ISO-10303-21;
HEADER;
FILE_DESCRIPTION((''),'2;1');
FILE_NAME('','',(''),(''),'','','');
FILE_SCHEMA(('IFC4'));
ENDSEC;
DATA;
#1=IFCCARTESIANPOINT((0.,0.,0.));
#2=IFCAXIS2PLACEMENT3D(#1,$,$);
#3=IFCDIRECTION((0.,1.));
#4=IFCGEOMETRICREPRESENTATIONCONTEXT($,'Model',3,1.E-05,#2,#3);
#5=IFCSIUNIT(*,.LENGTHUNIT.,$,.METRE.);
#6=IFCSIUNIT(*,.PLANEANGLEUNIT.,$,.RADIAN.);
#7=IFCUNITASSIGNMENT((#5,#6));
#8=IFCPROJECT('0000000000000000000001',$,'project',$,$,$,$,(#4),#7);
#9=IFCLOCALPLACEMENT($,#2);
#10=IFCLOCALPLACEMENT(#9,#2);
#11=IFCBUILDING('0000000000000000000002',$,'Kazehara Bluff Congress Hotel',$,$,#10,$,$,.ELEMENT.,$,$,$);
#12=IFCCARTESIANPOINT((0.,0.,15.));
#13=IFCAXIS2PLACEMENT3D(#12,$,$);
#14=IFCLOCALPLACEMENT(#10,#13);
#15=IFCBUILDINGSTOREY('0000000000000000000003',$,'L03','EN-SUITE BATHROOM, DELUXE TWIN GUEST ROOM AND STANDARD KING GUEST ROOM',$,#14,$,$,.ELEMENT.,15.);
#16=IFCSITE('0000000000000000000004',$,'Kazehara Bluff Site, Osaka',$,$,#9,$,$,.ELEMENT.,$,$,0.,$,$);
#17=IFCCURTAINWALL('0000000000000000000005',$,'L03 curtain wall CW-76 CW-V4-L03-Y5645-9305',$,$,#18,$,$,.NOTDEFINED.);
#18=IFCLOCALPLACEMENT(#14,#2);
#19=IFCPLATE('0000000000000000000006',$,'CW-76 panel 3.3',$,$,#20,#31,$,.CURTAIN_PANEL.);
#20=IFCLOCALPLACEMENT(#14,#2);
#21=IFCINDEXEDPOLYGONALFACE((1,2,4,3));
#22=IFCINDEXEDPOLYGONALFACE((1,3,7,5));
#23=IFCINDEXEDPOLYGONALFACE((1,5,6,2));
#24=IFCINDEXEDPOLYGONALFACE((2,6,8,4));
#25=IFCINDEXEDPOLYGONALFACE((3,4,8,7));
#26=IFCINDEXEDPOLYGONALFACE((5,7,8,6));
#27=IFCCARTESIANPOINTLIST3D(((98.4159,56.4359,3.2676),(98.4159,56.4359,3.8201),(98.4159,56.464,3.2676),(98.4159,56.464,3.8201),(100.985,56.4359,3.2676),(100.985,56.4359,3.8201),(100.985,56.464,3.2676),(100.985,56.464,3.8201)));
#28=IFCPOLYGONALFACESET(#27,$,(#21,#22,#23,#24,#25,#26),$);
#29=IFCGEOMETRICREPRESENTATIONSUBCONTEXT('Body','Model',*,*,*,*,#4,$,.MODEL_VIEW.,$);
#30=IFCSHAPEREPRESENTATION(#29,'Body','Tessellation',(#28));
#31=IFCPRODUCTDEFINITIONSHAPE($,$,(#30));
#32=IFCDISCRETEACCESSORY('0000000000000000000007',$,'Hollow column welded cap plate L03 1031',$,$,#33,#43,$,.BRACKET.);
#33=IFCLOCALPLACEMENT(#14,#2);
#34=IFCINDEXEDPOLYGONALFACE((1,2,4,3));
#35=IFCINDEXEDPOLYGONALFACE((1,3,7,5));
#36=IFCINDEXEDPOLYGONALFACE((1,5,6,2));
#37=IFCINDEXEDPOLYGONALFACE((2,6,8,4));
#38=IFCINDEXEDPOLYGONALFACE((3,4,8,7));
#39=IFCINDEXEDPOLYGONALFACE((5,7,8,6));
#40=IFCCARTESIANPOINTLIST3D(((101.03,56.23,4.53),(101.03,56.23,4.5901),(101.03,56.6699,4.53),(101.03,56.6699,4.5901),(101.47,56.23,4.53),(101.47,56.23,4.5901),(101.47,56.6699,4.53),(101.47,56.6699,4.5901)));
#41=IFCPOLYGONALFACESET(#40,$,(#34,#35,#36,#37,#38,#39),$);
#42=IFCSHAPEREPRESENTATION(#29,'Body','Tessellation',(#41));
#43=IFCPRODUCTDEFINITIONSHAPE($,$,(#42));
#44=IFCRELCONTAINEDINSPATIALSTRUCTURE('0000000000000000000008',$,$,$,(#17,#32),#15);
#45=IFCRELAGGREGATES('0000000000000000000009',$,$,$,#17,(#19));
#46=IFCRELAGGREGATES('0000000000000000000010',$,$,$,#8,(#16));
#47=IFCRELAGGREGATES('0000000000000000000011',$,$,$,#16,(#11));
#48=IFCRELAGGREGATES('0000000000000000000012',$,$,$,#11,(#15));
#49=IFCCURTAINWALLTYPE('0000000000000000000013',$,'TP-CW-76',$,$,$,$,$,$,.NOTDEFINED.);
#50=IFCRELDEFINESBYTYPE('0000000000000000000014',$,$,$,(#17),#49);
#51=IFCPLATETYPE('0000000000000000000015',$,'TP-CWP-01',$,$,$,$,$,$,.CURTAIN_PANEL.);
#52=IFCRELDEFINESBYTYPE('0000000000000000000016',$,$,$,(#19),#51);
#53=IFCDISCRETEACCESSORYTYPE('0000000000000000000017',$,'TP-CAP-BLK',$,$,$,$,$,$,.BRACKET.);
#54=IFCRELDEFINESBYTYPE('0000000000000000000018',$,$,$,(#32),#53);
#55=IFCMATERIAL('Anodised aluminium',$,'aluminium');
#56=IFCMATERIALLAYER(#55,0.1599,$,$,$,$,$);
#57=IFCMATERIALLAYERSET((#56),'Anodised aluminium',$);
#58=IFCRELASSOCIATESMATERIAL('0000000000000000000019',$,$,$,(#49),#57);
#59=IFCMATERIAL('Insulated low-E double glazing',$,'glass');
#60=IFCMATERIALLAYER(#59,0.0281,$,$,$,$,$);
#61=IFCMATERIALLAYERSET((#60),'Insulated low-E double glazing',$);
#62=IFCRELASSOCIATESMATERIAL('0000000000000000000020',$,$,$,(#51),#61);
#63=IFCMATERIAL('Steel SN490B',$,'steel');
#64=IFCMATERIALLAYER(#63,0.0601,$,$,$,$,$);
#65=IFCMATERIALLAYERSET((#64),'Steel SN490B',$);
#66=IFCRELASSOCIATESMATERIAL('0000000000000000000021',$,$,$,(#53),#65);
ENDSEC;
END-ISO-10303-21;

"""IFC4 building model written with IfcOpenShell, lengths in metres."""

from ifc_helpers import new_model, si_unit, direction, frame, origin, origin_2d, place, context, subcontext, project, spatial, rectangle, extrude, material, layer, layer_set, type_object, element, aggregate, save


model = new_model("IFC4")

# Units and contexts
model_context = context("Model", 3, precision=1e-05, world=origin(), true_north=direction((0.0, 1.0)))
body_context = subcontext(model_context, "Body", "Model", "MODEL_VIEW")
ifc_project = project(units=[si_unit("LENGTHUNIT", "METRE"), si_unit("PLANEANGLEUNIT", "RADIAN")], contexts=[model_context])

# Site, building, storey
site_placement = place(None, origin())
site = spatial("IfcSite", under=ifc_project, at=site_placement, Name="Kazehara Bluff Site, Osaka", CompositionType="ELEMENT", RefElevation=0.0)
building_placement = place(site_placement, origin())
building = spatial("IfcBuilding", under=site, at=building_placement, Name="Kazehara Bluff Congress Hotel", CompositionType="ELEMENT")
storey_placement = place(building_placement, frame((0.0, 0.0, 15.0)))
storey = spatial("IfcBuildingStorey", under=building, at=storey_placement, Name="L03", Description="EN-SUITE BATHROOM, DELUXE TWIN GUEST ROOM AND STANDARD KING GUEST ROOM", CompositionType="ELEMENT", Elevation=15.0)

# Curtain wall
ifc_material_1 = material(Name="Anodised aluminium", Category="aluminium")
ifc_layer_1 = layer(ifc_material_1, 0.1599)
ifc_layer_set_1 = layer_set([ifc_layer_1], Name="Anodised aluminium")
curtain_wall_type = type_object("IfcCurtainWallType", Name="TP-CW-76", PredefinedType="NOTDEFINED", material=ifc_layer_set_1)
curtain_wall_placement = place(storey_placement, origin())
curtain_wall = element("IfcCurtainWall", 1, at=curtain_wall_placement, inside=storey, type_object=curtain_wall_type, Name="L03 curtain wall CW-76 CW-V4-L03-Y5645-9305", PredefinedType="NOTDEFINED")

# Plate
ifc_material_2 = material(Name="Insulated low-E double glazing", Category="glass")
ifc_layer_2 = layer(ifc_material_2, 0.0281)
ifc_layer_set_2 = layer_set([ifc_layer_2], Name="Insulated low-E double glazing")
plate_type = type_object("IfcPlateType", Name="TP-CWP-01", PredefinedType="CURTAIN_PANEL", material=ifc_layer_set_2)
plate_1_placement = place(storey_placement, frame((99.7004, 56.45, 3.2676), z_axis=(0.0, 0.0, 1.0), x_axis=(1.0, 0.0, 0.0)))
plate_1 = element("IfcPlate", 2, at=plate_1_placement, type_object=plate_type, Name="CW-76 panel 3.3", PredefinedType="CURTAIN_PANEL", context=body_context, shape_type="SweptSolid", body=[
    extrude(rectangle(XDim=2.5691, YDim=0.0281, at=origin_2d()), origin(), (0.0, 0.0, 1.0), 0.5525),
])
aggregate(curtain_wall, [plate_1])

# Discrete accessory
ifc_material_3 = material(Name="Steel SN490B", Category="steel")
ifc_layer_3 = layer(ifc_material_3, 0.0601)
ifc_layer_set_3 = layer_set([ifc_layer_3], Name="Steel SN490B")
discrete_accessory_type = type_object("IfcDiscreteAccessoryType", Name="TP-CAP-BLK", PredefinedType="BRACKET", material=ifc_layer_set_3)
discrete_accessory_placement = place(storey_placement, frame((101.25, 56.45, 4.53), z_axis=(0.0, 0.0, 1.0), x_axis=(1.0, 0.0, 0.0)))
element("IfcDiscreteAccessory", 3, at=discrete_accessory_placement, inside=storey, type_object=discrete_accessory_type, Name="Hollow column welded cap plate L03 1031", PredefinedType="BRACKET", context=body_context, shape_type="SweptSolid", body=[
    extrude(rectangle(XDim=0.4399, YDim=0.4399, at=origin_2d()), origin(), (0.0, 0.0, 1.0), 0.0601),
])

save(model, "model.ifc")
